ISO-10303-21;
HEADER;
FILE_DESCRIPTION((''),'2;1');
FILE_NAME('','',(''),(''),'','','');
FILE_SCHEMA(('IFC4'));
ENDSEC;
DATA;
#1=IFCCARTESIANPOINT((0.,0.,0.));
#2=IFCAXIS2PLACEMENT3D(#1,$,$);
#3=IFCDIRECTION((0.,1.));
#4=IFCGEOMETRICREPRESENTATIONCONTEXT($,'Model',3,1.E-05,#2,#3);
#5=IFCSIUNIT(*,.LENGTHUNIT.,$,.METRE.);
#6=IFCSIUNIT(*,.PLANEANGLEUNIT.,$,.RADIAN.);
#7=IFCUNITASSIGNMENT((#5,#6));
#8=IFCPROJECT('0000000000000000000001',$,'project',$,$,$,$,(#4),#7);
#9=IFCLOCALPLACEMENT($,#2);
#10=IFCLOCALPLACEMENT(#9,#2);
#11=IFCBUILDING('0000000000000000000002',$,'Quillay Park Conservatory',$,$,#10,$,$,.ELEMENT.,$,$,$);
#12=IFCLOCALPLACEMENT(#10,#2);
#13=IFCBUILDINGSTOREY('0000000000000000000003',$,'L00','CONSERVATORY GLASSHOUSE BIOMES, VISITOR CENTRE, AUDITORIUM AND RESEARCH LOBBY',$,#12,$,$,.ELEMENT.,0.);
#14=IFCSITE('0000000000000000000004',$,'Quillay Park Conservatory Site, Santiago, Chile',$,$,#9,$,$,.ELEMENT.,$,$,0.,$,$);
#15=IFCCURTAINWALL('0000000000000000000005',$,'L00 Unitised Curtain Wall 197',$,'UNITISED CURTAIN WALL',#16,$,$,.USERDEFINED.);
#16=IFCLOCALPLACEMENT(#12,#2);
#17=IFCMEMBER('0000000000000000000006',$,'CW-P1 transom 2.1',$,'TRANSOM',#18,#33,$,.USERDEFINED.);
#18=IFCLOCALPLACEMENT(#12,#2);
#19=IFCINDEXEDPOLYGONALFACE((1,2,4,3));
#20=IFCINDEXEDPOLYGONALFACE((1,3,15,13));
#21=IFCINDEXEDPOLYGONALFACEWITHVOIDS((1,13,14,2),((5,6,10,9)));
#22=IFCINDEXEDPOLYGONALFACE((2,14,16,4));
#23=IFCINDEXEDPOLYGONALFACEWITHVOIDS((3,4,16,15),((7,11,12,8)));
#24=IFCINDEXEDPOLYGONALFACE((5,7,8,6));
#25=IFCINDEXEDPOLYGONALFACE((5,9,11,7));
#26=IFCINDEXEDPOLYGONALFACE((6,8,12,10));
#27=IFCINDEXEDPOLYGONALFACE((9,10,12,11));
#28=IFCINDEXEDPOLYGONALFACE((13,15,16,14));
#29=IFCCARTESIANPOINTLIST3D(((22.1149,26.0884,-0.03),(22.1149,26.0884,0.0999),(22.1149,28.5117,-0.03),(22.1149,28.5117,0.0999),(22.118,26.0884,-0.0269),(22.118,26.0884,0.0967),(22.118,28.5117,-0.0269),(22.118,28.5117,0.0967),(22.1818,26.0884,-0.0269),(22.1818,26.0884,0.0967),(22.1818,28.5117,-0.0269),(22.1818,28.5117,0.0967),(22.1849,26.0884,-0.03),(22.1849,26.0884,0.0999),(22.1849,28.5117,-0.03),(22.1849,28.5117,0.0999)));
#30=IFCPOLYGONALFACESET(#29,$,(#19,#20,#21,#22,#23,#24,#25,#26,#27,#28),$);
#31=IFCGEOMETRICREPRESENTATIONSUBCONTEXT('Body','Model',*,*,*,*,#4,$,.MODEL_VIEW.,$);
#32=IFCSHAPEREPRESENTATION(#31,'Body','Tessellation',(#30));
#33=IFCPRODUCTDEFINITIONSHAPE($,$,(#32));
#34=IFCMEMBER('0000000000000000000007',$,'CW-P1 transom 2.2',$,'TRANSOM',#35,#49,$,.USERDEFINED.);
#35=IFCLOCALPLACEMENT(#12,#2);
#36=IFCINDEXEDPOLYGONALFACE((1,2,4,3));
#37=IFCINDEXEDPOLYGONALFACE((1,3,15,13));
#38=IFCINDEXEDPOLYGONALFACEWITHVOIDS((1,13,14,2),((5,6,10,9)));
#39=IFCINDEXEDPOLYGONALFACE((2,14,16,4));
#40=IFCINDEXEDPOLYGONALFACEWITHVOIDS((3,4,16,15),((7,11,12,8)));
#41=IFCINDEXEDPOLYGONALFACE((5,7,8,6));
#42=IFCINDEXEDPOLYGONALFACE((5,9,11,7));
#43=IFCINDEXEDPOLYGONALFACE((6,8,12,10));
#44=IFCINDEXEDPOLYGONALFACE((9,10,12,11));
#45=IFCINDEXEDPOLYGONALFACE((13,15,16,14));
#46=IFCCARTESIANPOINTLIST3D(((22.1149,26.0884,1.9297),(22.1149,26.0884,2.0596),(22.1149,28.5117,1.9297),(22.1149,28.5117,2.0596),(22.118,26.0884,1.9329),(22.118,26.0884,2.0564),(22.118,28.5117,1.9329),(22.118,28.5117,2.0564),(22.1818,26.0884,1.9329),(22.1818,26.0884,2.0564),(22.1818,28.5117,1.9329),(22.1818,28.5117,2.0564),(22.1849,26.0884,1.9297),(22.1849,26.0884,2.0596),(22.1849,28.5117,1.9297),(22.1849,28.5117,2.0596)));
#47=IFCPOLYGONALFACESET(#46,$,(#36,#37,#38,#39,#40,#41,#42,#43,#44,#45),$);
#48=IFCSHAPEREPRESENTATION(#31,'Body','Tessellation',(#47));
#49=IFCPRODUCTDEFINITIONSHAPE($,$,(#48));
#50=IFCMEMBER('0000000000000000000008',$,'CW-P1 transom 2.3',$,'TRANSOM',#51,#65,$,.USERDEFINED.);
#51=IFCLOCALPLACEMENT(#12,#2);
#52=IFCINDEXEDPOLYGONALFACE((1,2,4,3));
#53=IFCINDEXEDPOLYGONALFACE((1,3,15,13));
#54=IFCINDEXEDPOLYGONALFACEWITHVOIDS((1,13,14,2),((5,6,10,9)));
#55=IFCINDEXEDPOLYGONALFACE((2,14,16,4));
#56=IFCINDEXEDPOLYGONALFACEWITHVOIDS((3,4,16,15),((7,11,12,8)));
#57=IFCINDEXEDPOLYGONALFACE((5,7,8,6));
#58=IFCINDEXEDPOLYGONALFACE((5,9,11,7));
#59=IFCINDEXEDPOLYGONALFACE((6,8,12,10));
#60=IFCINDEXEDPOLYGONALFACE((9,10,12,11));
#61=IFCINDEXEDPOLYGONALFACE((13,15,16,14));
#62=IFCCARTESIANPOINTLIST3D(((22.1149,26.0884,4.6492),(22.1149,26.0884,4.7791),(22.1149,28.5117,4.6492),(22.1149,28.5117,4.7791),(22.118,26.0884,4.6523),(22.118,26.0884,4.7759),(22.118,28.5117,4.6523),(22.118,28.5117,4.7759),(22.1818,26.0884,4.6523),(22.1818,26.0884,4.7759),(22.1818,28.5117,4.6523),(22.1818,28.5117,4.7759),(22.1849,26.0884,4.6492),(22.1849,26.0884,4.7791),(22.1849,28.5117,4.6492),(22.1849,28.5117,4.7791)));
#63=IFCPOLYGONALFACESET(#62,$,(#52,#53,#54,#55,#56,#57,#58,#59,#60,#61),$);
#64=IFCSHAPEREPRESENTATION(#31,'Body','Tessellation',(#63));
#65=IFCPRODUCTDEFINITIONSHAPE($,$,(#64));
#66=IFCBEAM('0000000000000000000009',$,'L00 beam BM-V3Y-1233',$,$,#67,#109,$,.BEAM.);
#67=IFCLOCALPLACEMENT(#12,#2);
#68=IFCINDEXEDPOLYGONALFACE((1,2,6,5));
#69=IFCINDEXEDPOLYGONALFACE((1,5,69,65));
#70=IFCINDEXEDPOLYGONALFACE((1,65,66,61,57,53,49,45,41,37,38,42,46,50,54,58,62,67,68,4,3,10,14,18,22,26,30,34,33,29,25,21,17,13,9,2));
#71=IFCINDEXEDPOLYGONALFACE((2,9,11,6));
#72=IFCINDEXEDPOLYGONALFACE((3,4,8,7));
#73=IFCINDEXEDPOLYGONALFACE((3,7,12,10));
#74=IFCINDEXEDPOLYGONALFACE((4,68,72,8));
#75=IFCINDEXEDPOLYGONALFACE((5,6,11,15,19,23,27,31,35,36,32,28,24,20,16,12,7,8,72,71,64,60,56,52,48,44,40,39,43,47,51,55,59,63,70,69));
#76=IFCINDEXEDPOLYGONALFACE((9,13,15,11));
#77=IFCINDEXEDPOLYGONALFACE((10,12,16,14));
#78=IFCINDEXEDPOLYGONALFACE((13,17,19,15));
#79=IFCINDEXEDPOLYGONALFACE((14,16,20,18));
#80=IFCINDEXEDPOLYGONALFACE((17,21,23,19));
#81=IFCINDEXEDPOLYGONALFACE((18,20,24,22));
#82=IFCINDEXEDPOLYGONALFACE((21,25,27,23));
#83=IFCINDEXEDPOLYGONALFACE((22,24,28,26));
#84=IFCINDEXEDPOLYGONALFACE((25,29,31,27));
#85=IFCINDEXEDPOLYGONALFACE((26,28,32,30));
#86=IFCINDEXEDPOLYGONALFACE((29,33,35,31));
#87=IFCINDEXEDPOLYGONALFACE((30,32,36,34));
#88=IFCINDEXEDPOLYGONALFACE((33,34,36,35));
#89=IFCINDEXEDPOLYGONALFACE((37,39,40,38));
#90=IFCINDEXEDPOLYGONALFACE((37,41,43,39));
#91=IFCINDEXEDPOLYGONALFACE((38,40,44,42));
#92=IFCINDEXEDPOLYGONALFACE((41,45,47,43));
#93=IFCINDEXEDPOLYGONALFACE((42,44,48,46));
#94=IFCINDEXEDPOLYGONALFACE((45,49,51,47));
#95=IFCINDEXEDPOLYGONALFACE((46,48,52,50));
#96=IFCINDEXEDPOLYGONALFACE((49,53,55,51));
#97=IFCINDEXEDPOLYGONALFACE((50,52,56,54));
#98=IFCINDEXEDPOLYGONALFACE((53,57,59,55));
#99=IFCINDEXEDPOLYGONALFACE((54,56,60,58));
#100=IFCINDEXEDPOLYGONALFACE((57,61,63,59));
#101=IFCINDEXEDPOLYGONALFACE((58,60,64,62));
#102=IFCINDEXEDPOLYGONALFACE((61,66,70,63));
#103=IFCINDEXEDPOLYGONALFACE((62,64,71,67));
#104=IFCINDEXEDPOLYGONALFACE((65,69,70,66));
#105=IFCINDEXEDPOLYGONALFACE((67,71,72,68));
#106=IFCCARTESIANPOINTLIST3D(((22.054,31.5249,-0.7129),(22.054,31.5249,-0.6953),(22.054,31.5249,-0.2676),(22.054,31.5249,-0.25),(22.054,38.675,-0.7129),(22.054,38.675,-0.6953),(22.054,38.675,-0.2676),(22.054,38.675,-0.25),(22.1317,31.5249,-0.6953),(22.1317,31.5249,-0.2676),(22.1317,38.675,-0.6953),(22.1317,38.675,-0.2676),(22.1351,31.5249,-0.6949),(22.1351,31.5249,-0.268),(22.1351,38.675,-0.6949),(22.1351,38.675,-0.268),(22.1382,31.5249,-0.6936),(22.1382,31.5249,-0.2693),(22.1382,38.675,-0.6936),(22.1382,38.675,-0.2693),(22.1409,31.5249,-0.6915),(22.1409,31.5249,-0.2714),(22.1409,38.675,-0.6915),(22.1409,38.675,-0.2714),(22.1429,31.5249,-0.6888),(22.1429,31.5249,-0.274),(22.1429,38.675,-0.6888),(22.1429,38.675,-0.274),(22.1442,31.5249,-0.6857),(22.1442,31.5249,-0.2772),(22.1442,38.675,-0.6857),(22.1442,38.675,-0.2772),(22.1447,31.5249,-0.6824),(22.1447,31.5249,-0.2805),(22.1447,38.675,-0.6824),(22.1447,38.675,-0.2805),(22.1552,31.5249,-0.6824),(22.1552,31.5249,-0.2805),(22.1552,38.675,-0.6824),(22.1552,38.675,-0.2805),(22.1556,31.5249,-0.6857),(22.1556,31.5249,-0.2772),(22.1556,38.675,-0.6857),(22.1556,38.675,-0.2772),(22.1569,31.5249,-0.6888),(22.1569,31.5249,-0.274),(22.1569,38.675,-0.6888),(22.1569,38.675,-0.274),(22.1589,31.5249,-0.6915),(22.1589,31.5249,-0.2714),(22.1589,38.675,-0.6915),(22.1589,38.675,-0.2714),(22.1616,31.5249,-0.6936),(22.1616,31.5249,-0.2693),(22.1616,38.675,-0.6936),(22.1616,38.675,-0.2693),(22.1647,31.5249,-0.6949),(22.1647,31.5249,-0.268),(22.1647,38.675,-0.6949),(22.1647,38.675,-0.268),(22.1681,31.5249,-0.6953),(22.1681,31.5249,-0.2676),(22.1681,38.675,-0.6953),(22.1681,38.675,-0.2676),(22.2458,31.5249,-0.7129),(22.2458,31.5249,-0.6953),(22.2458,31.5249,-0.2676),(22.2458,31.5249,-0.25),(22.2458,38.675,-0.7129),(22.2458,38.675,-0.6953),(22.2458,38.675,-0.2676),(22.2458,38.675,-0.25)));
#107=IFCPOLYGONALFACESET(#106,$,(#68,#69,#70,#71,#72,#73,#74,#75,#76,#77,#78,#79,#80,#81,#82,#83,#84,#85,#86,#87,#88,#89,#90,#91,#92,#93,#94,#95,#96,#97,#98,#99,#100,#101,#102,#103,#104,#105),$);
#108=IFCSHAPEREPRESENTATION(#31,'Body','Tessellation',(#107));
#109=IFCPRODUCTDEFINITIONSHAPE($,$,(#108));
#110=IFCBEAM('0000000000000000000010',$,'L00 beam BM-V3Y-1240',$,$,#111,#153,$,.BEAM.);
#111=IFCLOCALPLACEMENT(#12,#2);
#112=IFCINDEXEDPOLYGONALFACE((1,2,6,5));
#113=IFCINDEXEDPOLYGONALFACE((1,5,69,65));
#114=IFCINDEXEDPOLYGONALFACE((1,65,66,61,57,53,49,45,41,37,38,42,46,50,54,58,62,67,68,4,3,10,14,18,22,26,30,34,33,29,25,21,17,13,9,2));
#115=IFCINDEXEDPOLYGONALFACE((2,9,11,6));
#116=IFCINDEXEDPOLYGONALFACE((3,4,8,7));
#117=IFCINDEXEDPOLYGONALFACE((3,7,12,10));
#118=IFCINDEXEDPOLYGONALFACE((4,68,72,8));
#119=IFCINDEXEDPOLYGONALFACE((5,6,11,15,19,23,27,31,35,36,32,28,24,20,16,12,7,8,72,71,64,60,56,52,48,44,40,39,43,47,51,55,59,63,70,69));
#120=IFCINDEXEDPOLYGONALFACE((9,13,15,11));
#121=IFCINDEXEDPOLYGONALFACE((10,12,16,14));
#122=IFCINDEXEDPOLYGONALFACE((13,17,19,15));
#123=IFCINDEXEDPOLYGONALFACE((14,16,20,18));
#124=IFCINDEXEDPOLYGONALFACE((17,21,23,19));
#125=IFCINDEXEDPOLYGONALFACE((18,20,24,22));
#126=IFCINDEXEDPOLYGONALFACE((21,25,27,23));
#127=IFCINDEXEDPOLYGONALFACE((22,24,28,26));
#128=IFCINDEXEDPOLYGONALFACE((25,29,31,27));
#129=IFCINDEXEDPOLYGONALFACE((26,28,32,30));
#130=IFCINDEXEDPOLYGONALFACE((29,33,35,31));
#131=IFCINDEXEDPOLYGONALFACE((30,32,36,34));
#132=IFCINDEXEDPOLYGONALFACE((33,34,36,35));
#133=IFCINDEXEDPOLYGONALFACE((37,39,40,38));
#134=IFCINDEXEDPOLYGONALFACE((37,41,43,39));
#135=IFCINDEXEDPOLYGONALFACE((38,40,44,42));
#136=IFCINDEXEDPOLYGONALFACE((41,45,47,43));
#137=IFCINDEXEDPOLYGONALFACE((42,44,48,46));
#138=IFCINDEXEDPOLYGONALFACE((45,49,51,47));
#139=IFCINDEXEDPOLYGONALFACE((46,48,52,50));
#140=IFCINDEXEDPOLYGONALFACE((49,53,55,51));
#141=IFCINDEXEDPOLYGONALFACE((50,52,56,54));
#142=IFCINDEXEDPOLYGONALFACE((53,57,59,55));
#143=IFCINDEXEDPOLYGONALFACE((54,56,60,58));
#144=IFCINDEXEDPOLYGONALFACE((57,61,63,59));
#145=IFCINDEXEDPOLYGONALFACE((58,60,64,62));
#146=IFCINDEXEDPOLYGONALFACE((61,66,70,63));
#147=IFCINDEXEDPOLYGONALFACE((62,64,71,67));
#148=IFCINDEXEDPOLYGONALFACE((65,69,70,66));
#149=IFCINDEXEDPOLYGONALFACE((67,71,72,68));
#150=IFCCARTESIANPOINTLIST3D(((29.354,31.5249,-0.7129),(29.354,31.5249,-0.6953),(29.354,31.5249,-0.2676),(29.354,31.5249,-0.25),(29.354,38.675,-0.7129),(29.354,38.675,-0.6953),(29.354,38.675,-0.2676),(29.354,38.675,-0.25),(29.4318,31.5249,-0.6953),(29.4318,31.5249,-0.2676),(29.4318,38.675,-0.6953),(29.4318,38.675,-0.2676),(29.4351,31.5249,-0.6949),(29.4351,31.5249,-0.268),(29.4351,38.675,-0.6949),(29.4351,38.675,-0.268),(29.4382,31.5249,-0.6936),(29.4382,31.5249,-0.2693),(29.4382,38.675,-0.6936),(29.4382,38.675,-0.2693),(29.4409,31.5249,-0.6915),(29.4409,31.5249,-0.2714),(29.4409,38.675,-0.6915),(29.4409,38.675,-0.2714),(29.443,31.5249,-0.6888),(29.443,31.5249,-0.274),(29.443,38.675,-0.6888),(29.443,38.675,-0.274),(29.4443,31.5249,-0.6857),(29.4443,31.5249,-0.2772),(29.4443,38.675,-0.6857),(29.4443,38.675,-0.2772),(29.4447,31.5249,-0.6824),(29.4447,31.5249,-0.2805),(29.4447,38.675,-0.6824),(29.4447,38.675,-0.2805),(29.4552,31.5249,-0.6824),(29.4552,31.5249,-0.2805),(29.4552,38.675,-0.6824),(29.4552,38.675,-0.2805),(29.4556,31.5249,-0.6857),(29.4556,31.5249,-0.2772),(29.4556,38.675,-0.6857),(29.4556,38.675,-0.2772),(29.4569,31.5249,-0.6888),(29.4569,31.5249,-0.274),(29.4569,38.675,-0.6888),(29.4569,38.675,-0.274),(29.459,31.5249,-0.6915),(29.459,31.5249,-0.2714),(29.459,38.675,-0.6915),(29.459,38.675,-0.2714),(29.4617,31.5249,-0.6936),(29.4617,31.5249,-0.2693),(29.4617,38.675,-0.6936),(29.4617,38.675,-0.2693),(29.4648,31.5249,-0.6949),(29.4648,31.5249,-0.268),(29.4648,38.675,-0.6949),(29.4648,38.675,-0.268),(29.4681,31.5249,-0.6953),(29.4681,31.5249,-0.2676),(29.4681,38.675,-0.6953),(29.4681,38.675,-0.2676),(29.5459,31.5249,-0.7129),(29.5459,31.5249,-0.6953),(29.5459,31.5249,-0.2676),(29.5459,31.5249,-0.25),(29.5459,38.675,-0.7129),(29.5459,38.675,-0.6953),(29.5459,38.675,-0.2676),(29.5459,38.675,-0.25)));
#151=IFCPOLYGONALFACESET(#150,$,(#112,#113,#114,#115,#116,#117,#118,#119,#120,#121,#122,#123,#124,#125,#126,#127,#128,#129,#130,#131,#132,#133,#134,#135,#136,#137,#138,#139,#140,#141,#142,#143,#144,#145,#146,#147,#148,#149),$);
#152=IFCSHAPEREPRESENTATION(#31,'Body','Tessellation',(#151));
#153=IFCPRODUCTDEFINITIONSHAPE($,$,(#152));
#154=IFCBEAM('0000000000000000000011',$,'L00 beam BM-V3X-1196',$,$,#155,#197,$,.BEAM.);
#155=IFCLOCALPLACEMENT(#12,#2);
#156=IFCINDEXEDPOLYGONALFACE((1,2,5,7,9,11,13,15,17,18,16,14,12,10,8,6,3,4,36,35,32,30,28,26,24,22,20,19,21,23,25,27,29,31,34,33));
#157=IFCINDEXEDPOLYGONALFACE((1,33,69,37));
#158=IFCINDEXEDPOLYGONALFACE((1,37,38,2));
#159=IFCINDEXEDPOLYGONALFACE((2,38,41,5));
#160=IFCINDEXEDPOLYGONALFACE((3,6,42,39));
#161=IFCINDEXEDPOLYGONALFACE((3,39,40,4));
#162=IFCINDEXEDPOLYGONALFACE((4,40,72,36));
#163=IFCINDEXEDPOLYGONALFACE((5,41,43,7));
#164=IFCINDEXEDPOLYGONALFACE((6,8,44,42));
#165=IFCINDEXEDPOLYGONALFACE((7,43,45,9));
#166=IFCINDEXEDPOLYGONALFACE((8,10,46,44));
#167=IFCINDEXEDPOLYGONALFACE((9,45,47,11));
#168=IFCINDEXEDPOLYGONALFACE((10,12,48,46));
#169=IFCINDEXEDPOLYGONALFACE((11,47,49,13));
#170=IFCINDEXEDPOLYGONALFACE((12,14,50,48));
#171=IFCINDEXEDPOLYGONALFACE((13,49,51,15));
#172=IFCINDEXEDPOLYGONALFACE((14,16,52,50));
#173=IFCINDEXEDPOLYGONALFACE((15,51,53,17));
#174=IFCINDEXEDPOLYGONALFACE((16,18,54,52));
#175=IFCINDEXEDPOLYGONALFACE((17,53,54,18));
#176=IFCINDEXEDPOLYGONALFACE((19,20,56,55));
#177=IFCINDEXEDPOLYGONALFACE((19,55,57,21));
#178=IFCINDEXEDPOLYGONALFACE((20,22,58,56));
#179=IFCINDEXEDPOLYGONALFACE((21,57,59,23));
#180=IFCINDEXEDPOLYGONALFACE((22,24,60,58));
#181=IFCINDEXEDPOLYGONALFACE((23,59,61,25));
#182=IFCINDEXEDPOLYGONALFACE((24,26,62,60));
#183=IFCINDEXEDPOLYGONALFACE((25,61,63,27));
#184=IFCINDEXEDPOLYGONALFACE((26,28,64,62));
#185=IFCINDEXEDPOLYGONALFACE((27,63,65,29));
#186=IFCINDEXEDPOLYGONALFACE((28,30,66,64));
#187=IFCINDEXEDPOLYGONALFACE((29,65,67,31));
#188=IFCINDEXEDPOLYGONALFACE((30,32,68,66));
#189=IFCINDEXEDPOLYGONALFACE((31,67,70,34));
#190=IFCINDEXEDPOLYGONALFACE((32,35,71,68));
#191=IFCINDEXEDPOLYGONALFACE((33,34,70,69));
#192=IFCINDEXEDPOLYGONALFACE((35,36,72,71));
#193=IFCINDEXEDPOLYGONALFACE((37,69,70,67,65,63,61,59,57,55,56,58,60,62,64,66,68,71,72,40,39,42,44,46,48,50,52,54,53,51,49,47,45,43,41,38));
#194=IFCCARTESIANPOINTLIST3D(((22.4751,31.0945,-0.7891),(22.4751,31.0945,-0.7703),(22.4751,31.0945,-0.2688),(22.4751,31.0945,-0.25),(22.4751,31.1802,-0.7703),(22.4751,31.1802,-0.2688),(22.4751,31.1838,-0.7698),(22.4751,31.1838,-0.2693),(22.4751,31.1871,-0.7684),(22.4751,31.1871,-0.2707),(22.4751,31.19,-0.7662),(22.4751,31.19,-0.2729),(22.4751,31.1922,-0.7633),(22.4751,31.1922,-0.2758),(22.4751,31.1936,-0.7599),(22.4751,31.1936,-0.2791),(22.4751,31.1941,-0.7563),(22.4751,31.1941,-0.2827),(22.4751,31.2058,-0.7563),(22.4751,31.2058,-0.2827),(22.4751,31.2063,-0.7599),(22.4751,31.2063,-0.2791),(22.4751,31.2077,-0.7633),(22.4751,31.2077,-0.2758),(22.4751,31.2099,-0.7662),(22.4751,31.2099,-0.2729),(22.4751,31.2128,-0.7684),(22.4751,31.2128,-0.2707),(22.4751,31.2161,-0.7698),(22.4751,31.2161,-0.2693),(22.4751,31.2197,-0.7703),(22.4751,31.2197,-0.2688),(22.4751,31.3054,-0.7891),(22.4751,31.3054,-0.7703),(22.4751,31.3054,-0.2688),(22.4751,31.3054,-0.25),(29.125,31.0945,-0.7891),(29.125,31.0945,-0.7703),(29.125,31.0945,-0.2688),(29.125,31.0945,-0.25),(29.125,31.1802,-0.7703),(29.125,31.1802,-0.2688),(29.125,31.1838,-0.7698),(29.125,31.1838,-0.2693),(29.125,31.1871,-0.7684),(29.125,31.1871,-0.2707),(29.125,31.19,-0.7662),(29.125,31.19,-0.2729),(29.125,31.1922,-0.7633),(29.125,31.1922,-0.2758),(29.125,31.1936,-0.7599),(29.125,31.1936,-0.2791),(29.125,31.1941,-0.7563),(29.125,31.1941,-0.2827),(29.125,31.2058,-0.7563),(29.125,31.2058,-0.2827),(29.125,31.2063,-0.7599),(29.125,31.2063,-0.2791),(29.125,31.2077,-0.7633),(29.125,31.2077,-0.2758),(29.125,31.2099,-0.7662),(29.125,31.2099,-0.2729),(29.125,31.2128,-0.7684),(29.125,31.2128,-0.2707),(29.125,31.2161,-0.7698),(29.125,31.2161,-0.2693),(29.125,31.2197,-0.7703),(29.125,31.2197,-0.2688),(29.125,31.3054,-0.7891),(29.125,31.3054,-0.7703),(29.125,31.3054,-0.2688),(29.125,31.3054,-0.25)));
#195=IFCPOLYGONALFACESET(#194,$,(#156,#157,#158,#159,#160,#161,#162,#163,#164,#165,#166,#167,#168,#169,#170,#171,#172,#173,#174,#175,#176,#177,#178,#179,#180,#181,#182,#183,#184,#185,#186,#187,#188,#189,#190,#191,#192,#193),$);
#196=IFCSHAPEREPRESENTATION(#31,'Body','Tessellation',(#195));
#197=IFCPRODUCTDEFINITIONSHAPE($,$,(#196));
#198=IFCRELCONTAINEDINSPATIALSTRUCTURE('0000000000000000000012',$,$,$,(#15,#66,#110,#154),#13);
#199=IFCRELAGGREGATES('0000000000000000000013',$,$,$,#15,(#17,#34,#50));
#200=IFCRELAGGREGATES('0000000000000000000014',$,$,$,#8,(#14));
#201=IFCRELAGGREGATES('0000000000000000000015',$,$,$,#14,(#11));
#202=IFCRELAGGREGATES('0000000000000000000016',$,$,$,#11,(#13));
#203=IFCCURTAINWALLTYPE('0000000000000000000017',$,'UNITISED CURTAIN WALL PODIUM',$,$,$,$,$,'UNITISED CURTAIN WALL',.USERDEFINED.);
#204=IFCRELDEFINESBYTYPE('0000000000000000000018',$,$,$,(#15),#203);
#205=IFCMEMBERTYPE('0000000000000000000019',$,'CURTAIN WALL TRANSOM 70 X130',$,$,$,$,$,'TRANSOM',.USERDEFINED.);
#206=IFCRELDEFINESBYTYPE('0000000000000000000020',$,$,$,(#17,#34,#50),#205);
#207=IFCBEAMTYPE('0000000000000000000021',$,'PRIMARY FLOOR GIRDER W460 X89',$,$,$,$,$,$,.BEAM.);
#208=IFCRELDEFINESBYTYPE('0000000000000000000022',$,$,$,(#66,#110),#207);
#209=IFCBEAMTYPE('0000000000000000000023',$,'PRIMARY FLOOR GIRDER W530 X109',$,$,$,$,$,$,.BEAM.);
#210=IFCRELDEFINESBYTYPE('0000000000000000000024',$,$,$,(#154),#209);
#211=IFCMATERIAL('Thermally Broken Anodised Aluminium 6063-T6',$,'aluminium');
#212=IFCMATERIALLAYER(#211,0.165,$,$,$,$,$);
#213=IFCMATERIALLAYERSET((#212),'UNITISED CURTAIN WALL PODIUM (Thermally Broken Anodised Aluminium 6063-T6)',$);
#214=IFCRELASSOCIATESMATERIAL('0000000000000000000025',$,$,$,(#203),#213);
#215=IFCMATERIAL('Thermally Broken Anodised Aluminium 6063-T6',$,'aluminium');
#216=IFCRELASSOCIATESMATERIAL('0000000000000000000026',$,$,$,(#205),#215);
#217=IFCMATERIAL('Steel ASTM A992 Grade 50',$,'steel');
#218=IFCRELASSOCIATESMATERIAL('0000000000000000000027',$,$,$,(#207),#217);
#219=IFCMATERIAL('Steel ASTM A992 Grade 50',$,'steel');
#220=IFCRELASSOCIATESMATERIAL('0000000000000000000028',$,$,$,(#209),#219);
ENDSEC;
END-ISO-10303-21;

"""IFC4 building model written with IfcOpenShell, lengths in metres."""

from ifc_helpers import new_model, si_unit, direction, frame, origin, origin_2d, place, context, subcontext, project, spatial, hollow_rectangle, i_section, extrude, material, layer, layer_set, material_profile, profile_set, type_object, element, aggregate, save


model = new_model("IFC4")

# Units and contexts
model_context = context("Model", 3, precision=1e-05, world=origin(), true_north=direction((0.0, 1.0)))
body_context = subcontext(model_context, "Body", "Model", "MODEL_VIEW")
ifc_project = project(units=[si_unit("LENGTHUNIT", "METRE"), si_unit("PLANEANGLEUNIT", "RADIAN")], contexts=[model_context])

# Site, building, storey
site_placement = place(None, origin())
site = spatial("IfcSite", under=ifc_project, at=site_placement, Name="Quillay Park Conservatory Site, Santiago, Chile", CompositionType="ELEMENT", RefElevation=0.0)
building_placement = place(site_placement, origin())
building = spatial("IfcBuilding", under=site, at=building_placement, Name="Quillay Park Conservatory", CompositionType="ELEMENT")
storey_placement = place(building_placement, origin())
storey = spatial("IfcBuildingStorey", under=building, at=storey_placement, Name="L00", Description="CONSERVATORY GLASSHOUSE BIOMES, VISITOR CENTRE, AUDITORIUM AND RESEARCH LOBBY", CompositionType="ELEMENT", Elevation=0.0)

# Curtain wall, members
ifc_material_1 = material(Name="Thermally Broken Anodised Aluminium 6063-T6", Category="aluminium")
ifc_layer_1 = layer(ifc_material_1, 0.165)
ifc_layer_set_1 = layer_set([ifc_layer_1], Name="UNITISED CURTAIN WALL PODIUM (Thermally Broken Anodised Aluminium 6063-T6)")
curtain_wall_type = type_object("IfcCurtainWallType", Name="UNITISED CURTAIN WALL PODIUM", ElementType="UNITISED CURTAIN WALL", PredefinedType="USERDEFINED", material=ifc_layer_set_1)
curtain_wall_placement = place(storey_placement, origin())
curtain_wall = element("IfcCurtainWall", 1, at=curtain_wall_placement, inside=storey, type_object=curtain_wall_type, Name="L00 Unitised Curtain Wall 197", ObjectType="UNITISED CURTAIN WALL", PredefinedType="USERDEFINED")
ifc_material_2 = material(Name="Thermally Broken Anodised Aluminium 6063-T6", Category="aluminium")
ifc_material_profile_1 = material_profile(ifc_material_2, hollow_rectangle(XDim=0.0701, YDim=0.1299, WallThickness=0.0032, at=origin_2d()), Name="AL70x130x3.2")
ifc_profile_set_1 = profile_set([ifc_material_profile_1], Name="Thermally Broken Anodised Aluminium 6063-T6")
member_type_1 = type_object("IfcMemberType", Name="CURTAIN WALL TRANSOM 70 X130", ElementType="TRANSOM", PredefinedType="USERDEFINED", material=ifc_profile_set_1)
member_1_placement = place(storey_placement, frame((22.1499, 28.5117, 0.0349), z_axis=(0.0, -1.0, 0.0), x_axis=(1.0, 0.0, 0.0)))
member_1 = element("IfcMember", 2, at=member_1_placement, type_object=member_type_1, Name="CW-P1 transom 2.1", ObjectType="TRANSOM", PredefinedType="USERDEFINED", context=body_context, shape_type="SweptSolid", body=[
    extrude(hollow_rectangle(XDim=0.0701, YDim=0.1299, WallThickness=0.0032, at=origin_2d()), origin(), (0.0, 0.0, 1.0), 2.4233),
])
member_2_placement = place(storey_placement, frame((22.1499, 28.5117, 1.9946), z_axis=(0.0, -1.0, 0.0), x_axis=(1.0, 0.0, 0.0)))
member_2 = element("IfcMember", 3, at=member_2_placement, type_object=member_type_1, Name="CW-P1 transom 2.2", ObjectType="TRANSOM", PredefinedType="USERDEFINED", context=body_context, shape_type="SweptSolid", body=[
    extrude(hollow_rectangle(XDim=0.0701, YDim=0.1299, WallThickness=0.0032, at=origin_2d()), origin(), (0.0, 0.0, 1.0), 2.4233),
])
member_3_placement = place(storey_placement, frame((22.1499, 28.5117, 4.7141), z_axis=(0.0, -1.0, 0.0), x_axis=(1.0, 0.0, 0.0)))
member_3 = element("IfcMember", 4, at=member_3_placement, type_object=member_type_1, Name="CW-P1 transom 2.3", ObjectType="TRANSOM", PredefinedType="USERDEFINED", context=body_context, shape_type="SweptSolid", body=[
    extrude(hollow_rectangle(XDim=0.0701, YDim=0.1299, WallThickness=0.0032, at=origin_2d()), origin(), (0.0, 0.0, 1.0), 2.4233),
])

# Beams
ifc_material_3 = material(Name="Steel ASTM A992 Grade 50", Category="steel")
ifc_material_profile_2 = material_profile(ifc_material_3, i_section(OverallWidth=0.1919, OverallDepth=0.4629, WebThickness=0.0105, FlangeThickness=0.0176, FilletRadius=0.0129, at=origin_2d()), Name="W460x89")
ifc_profile_set_2 = profile_set([ifc_material_profile_2], Name="Steel ASTM A992 Grade 50")
beam_type_1 = type_object("IfcBeamType", Name="PRIMARY FLOOR GIRDER W460 X89", PredefinedType="BEAM", material=ifc_profile_set_2)
for number, where, z_axis, x_axis, name in (
    (5, (22.1499, 31.5249, -0.4814), (0.0, 1.0, 0.0), (-1.0, 0.0, 0.0), "L00 beam BM-V3Y-1233"),
    (6, (29.45, 31.5249, -0.4814), (0.0, 1.0, 0.0), (-1.0, 0.0, 0.0), "L00 beam BM-V3Y-1240"),
):
    element("IfcBeam", number, at=place(storey_placement, frame(where, z_axis=z_axis, x_axis=x_axis)), inside=storey, type_object=beam_type_1, Name=name, PredefinedType="BEAM", context=body_context, shape_type="SweptSolid", body=[
        extrude(i_section(OverallWidth=0.1919, OverallDepth=0.4629, WebThickness=0.0105, FlangeThickness=0.0176, FilletRadius=0.0129, at=origin_2d()), origin(), (0.0, 0.0, 1.0), 7.1501),
    ])
ifc_material_4 = material(Name="Steel ASTM A992 Grade 50", Category="steel")
ifc_material_profile_3 = material_profile(ifc_material_4, i_section(OverallWidth=0.2109, OverallDepth=0.5391, WebThickness=0.0117, FlangeThickness=0.0188, FilletRadius=0.0139, at=origin_2d()), Name="W530x109")
ifc_profile_set_3 = profile_set([ifc_material_profile_3], Name="Steel ASTM A992 Grade 50")
beam_type_2 = type_object("IfcBeamType", Name="PRIMARY FLOOR GIRDER W530 X109", PredefinedType="BEAM", material=ifc_profile_set_3)
beam_placement = place(storey_placement, frame((22.4751, 31.2, -0.5195), z_axis=(1.0, 0.0, 0.0), x_axis=(0.0, 1.0, 0.0)))
element("IfcBeam", 7, at=beam_placement, inside=storey, type_object=beam_type_2, Name="L00 beam BM-V3X-1196", PredefinedType="BEAM", context=body_context, shape_type="SweptSolid", body=[
    extrude(i_section(OverallWidth=0.2109, OverallDepth=0.5391, WebThickness=0.0117, FlangeThickness=0.0188, FilletRadius=0.0139, at=origin_2d()), origin(), (0.0, 0.0, 1.0), 6.6499),
])

aggregate(curtain_wall, [member_1, member_2, member_3])

save(model, "model.ifc")
